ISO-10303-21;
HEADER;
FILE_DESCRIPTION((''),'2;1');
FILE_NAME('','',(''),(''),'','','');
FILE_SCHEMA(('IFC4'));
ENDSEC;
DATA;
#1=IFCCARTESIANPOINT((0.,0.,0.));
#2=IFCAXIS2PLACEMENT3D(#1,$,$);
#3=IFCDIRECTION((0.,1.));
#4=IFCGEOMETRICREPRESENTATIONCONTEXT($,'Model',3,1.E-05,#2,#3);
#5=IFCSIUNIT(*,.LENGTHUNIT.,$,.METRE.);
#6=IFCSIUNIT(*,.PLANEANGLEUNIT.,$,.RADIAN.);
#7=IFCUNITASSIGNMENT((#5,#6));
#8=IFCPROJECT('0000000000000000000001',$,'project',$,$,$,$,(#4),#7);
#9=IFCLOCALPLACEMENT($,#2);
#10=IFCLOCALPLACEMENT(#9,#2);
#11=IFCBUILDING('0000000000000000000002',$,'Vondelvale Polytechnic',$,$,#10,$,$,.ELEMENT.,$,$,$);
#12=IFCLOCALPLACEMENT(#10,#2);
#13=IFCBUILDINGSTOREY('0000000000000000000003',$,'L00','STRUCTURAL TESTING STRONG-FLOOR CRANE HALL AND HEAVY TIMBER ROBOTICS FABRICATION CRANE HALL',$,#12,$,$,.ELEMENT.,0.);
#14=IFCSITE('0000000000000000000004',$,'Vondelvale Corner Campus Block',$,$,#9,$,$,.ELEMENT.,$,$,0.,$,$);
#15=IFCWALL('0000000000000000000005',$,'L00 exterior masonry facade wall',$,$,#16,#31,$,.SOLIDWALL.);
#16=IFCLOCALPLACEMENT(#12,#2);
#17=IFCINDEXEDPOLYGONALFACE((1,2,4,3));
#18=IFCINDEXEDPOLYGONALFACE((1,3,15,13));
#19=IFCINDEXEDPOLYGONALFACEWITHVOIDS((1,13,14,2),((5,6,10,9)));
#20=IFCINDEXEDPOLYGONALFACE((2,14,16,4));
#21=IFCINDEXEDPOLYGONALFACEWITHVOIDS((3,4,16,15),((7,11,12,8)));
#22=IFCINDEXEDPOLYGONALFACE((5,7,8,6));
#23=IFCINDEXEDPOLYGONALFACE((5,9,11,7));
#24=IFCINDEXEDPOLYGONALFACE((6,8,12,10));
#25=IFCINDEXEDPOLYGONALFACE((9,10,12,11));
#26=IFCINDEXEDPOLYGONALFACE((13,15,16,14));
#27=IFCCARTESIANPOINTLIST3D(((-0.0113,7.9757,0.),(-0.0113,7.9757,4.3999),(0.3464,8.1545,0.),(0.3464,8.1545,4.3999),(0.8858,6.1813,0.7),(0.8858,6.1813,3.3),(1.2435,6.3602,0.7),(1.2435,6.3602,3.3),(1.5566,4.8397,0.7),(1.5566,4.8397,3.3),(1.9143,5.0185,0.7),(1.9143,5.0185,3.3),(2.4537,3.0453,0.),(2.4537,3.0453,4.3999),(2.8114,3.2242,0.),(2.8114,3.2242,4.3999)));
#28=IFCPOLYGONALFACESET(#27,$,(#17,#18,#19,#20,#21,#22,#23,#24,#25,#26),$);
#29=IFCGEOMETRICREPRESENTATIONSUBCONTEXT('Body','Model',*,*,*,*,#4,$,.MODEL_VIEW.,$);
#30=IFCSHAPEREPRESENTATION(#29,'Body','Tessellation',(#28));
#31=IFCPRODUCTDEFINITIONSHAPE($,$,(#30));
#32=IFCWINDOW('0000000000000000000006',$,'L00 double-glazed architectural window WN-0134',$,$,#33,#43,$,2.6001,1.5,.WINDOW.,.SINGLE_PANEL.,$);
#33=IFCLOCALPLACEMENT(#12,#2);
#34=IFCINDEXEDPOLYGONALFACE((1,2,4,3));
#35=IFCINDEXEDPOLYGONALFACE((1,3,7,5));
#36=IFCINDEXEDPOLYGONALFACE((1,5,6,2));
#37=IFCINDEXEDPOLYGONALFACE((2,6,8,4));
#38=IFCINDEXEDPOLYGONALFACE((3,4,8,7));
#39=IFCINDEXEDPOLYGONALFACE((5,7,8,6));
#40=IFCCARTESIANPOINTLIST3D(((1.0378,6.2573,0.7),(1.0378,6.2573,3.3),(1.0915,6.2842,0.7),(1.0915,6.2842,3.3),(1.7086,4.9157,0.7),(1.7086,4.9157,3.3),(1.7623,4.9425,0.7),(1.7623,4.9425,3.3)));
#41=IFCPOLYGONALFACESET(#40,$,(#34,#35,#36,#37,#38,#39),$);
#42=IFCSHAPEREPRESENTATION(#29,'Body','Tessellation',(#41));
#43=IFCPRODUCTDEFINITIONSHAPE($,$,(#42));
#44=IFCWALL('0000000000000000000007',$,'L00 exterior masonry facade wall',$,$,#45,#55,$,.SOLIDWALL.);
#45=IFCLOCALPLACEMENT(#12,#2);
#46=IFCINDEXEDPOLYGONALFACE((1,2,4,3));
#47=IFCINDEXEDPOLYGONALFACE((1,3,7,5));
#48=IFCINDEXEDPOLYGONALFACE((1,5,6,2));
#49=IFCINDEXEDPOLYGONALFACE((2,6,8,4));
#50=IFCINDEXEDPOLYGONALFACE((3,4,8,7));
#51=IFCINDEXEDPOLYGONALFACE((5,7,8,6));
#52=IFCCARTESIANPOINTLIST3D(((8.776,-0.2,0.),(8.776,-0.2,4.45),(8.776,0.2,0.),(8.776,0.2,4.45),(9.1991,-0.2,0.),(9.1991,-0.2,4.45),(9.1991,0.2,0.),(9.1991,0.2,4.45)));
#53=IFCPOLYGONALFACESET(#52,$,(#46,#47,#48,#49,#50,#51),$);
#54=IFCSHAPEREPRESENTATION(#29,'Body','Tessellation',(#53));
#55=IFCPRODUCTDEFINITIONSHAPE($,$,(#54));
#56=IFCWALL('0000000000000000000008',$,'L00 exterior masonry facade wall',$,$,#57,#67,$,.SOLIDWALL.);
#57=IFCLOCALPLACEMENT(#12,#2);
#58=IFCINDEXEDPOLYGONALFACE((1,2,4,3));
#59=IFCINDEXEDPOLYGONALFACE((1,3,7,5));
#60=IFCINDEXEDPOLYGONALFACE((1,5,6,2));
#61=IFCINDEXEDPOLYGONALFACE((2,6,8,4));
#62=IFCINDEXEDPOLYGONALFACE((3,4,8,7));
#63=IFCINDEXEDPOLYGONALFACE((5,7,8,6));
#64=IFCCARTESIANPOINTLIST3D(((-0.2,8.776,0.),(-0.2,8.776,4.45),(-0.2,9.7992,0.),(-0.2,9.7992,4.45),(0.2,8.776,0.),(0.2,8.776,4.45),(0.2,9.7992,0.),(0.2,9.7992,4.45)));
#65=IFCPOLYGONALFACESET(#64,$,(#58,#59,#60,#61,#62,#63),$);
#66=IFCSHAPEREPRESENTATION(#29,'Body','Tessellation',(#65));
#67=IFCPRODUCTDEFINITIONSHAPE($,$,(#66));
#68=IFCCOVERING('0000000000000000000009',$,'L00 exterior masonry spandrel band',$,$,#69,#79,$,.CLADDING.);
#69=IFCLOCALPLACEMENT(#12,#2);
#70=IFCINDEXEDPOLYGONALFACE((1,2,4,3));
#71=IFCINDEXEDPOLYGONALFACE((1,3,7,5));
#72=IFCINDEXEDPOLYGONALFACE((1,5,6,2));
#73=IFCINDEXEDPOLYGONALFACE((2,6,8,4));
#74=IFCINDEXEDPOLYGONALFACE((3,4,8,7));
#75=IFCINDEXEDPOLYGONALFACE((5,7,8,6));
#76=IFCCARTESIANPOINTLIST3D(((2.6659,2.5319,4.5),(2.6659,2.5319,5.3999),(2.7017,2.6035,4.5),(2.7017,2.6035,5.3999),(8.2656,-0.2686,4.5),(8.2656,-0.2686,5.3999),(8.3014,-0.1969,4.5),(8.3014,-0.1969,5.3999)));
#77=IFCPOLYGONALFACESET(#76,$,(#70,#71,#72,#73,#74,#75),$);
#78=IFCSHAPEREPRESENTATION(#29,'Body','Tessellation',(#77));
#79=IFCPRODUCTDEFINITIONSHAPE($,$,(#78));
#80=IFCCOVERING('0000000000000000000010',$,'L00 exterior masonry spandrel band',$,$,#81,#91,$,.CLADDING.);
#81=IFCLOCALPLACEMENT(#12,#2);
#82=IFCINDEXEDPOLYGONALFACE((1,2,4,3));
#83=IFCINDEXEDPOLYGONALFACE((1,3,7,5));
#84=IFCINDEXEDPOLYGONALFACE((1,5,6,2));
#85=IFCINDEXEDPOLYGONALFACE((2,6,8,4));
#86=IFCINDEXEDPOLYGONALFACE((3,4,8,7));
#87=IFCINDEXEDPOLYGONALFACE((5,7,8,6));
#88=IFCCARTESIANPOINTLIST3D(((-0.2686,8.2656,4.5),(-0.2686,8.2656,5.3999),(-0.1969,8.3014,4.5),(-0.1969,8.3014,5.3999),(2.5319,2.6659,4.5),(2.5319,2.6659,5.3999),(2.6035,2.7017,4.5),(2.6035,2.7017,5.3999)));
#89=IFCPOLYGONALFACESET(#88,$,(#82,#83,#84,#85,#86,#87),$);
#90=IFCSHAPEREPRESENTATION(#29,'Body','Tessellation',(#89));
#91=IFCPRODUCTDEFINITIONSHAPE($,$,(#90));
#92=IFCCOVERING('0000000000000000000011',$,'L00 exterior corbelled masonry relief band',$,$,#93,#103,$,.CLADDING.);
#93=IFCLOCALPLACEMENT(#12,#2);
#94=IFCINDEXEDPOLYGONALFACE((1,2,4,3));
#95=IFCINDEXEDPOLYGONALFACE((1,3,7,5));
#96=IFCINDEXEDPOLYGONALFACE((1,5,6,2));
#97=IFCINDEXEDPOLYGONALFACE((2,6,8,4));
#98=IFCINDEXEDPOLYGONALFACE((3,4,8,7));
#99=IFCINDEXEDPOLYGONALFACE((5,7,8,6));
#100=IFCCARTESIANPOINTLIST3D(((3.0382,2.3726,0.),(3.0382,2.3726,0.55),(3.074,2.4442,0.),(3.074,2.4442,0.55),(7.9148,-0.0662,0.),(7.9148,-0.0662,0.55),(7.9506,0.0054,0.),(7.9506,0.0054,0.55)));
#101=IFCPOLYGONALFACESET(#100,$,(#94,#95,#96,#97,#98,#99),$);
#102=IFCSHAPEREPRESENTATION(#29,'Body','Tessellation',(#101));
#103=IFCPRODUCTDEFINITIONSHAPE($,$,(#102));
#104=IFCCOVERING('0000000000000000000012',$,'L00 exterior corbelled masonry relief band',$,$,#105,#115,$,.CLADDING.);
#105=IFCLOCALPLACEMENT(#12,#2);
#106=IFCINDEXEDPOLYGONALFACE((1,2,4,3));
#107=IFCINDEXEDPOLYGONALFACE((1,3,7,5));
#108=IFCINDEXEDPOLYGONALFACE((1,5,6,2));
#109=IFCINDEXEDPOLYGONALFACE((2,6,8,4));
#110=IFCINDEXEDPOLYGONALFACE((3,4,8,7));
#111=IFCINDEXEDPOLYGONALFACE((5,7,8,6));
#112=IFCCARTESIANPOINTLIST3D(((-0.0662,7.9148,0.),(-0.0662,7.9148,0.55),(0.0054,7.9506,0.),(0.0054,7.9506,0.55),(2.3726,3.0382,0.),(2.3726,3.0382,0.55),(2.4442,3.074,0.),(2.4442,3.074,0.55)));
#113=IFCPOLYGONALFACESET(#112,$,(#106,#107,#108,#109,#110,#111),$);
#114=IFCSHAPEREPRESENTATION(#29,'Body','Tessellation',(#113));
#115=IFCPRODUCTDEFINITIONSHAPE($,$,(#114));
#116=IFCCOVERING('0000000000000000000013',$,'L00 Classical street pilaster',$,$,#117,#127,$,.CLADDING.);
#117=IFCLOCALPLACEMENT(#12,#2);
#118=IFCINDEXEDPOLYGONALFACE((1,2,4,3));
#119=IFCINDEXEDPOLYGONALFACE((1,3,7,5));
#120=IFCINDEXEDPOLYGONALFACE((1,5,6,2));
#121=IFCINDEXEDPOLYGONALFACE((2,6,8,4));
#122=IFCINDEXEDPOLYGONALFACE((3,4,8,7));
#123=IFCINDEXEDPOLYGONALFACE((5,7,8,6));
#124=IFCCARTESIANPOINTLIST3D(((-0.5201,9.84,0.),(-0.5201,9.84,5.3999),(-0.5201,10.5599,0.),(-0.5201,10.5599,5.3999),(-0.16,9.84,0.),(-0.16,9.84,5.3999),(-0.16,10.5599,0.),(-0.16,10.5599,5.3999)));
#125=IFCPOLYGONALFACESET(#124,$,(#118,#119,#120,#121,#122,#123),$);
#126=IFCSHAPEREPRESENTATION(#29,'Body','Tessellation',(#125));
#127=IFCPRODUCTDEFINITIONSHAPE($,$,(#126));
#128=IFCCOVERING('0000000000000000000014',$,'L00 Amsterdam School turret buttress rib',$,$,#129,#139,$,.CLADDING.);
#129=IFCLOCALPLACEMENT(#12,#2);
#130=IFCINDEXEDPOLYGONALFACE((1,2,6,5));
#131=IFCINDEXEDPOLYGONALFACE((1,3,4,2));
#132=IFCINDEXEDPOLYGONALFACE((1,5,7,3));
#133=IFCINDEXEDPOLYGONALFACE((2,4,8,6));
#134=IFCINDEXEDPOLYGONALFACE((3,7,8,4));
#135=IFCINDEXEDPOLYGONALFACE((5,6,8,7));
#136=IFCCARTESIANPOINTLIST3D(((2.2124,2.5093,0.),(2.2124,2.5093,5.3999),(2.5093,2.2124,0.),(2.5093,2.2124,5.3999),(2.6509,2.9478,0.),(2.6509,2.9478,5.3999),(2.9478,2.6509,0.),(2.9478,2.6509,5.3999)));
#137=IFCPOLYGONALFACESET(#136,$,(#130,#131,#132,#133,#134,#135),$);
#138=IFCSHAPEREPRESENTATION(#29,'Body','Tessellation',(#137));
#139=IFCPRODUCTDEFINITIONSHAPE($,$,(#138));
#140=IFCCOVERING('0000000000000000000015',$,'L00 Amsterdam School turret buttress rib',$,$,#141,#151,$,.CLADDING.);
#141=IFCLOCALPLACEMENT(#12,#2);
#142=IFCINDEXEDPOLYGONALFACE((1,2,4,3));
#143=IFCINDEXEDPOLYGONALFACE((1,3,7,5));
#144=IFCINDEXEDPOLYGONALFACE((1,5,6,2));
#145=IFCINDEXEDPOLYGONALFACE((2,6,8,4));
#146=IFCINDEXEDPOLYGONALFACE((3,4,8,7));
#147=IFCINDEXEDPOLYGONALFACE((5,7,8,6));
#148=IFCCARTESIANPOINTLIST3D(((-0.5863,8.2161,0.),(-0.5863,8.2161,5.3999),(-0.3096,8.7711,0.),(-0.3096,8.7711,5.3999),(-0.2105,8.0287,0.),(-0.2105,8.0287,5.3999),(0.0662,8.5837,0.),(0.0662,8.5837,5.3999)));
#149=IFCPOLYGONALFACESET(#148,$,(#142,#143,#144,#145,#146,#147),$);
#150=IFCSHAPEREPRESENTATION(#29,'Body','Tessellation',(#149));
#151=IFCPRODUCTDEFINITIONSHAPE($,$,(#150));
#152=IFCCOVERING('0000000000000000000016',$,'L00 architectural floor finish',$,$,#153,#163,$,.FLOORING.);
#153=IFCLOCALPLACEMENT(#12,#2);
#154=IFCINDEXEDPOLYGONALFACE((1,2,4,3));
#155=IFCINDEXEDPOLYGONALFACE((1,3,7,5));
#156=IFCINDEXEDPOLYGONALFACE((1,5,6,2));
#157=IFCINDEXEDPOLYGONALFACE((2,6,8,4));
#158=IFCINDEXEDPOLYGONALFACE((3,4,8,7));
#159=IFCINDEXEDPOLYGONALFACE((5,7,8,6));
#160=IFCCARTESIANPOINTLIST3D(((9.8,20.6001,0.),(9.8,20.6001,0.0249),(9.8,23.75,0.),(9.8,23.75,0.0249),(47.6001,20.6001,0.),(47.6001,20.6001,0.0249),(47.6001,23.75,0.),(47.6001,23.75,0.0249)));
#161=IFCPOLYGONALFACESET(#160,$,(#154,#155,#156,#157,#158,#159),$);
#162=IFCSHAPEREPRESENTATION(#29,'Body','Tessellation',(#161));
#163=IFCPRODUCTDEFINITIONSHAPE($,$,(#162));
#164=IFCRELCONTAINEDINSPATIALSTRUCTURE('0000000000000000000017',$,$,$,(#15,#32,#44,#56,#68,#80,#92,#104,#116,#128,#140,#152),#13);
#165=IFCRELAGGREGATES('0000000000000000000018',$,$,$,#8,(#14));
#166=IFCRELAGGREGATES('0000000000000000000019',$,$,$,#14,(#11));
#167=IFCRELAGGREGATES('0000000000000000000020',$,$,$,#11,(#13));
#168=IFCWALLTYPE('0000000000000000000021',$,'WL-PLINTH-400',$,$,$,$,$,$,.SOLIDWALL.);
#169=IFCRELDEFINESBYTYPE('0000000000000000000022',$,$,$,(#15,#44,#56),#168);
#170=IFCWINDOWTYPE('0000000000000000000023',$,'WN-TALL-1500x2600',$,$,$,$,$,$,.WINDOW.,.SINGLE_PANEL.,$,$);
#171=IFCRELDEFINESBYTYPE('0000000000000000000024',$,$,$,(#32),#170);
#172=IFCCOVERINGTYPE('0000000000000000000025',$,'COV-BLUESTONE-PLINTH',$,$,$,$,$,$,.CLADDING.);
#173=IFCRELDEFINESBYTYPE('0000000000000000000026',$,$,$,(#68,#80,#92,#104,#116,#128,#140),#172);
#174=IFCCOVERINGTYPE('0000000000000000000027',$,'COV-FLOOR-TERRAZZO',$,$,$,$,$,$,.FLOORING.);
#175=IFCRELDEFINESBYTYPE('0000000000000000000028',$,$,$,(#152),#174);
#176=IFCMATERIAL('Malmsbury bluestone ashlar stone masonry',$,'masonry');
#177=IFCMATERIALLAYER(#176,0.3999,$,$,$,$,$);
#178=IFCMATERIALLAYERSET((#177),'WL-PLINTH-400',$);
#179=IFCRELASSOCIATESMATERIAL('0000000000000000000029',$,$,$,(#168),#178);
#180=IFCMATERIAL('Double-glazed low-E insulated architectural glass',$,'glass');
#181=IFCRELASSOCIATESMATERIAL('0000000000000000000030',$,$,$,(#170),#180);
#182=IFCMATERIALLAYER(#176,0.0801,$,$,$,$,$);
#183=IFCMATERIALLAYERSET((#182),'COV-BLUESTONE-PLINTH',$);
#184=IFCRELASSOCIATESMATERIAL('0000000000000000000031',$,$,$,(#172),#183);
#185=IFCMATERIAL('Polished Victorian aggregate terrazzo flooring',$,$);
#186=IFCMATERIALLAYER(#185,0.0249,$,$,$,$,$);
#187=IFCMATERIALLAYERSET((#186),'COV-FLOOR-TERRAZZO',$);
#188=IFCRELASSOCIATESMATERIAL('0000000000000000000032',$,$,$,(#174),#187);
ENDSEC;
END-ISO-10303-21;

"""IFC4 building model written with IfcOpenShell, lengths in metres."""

from ifc_helpers import new_model, si_unit, direction, frame, frame_2d, origin, origin_2d, place, context, subcontext, project, spatial, polyline, rectangle, outline, extrude, material, layer, layer_set, type_object, element, fill, save


model = new_model("IFC4")

# Units and contexts
model_context = context("Model", 3, precision=1e-05, world=origin(), true_north=direction((0.0, 1.0)))
body_context = subcontext(model_context, "Body", "Model", "MODEL_VIEW")
ifc_project = project(units=[si_unit("LENGTHUNIT", "METRE"), si_unit("PLANEANGLEUNIT", "RADIAN")], contexts=[model_context])

# Site, building, storey
site_placement = place(None, origin())
site = spatial("IfcSite", under=ifc_project, at=site_placement, Name="Vondelvale Corner Campus Block", CompositionType="ELEMENT", RefElevation=0.0)
building_placement = place(site_placement, origin())
building = spatial("IfcBuilding", under=site, at=building_placement, Name="Vondelvale Polytechnic", CompositionType="ELEMENT")
storey_placement = place(building_placement, origin())
storey = spatial("IfcBuildingStorey", under=building, at=storey_placement, Name="L00", Description="STRUCTURAL TESTING STRONG-FLOOR CRANE HALL AND HEAVY TIMBER ROBOTICS FABRICATION CRANE HALL", CompositionType="ELEMENT", Elevation=0.0)

# Shared definitions
ifc_material_1 = material(Name="Malmsbury bluestone ashlar stone masonry", Category="masonry")
ifc_layer_1 = layer(ifc_material_1, 0.3999)
ifc_layer_set_1 = layer_set([ifc_layer_1], Name="WL-PLINTH-400")
wall_type_1 = type_object("IfcWallType", Name="WL-PLINTH-400", PredefinedType="SOLIDWALL", material=ifc_layer_set_1)

# Wall, opening, window
wall_1_placement = place(storey_placement, frame((2.6326, 3.1348, 0.0), z_axis=(0.0, 0.0, 1.0), x_axis=(-0.447196, 0.894436, 0.0)))
wall_1 = element("IfcWall", 1, at=wall_1_placement, inside=storey, type_object=wall_type_1, Name="L00 exterior masonry facade wall", PredefinedType="SOLIDWALL", context=body_context, shape_type="SweptSolid", body=[
    extrude(rectangle(XDim=5.5122, YDim=0.3999, at=frame_2d((2.7561, 0.0))), origin(), (0.0, 0.0, 1.0), 4.3999),
])
opening_1_placement = place(wall_1_placement, frame((2.0061, 0.0, 0.7)))
opening_1 = element("IfcOpeningElement", 2, at=opening_1_placement, cuts=wall_1, PredefinedType="OPENING", context=body_context, shape_type="SweptSolid", body=[
    extrude(rectangle(XDim=1.5, YDim=2.6001, at=frame_2d((0.75, 1.3))), frame((0.0, 0.21, 0.0), z_axis=(0.0, -1.0, 0.0), x_axis=(1.0, 0.0, 0.0)), (0.0, 0.0, 1.0), 0.4199),
])
ifc_material_2 = material(Name="Double-glazed low-E insulated architectural glass", Category="glass")
window_type = type_object("IfcWindowType", Name="WN-TALL-1500x2600", PartitioningType="SINGLE_PANEL", PredefinedType="WINDOW", material=ifc_material_2)
window_placement = place(opening_1_placement, origin())
window = element("IfcWindow", 3, at=window_placement, inside=storey, type_object=window_type, Name="L00 double-glazed architectural window WN-0134", OverallHeight=2.6001, OverallWidth=1.5, PartitioningType="SINGLE_PANEL", PredefinedType="WINDOW", context=body_context, shape_type="SweptSolid", body=[
    extrude(rectangle(XDim=1.5, YDim=2.6001, at=frame_2d((0.75, 1.3))), frame((0.0, 0.03, 0.0), z_axis=(0.0, -1.0, 0.0), x_axis=(1.0, 0.0, 0.0)), (0.0, 0.0, 1.0), 0.0601),
])
fill(opening_1, window)

# Wall
wall_2_placement = place(storey_placement, frame((9.199, 0.0, 0.0), z_axis=(0.0, 0.0, 1.0), x_axis=(-1.0, 0.0, 0.0)))
element("IfcWall", 4, at=wall_2_placement, inside=storey, type_object=wall_type_1, Name="L00 exterior masonry facade wall", PredefinedType="SOLIDWALL", context=body_context, shape_type="SweptSolid", body=[
    extrude(rectangle(XDim=0.4231, YDim=0.3999, at=frame_2d((0.2114, 0.0))), origin(), (0.0, 0.0, 1.0), 4.45),
])

# Wall
wall_3_placement = place(storey_placement, frame((0.0, 8.7759, 0.0), z_axis=(0.0, 0.0, 1.0), x_axis=(0.0, 1.0, 0.0)))
element("IfcWall", 5, at=wall_3_placement, inside=storey, type_object=wall_type_1, Name="L00 exterior masonry facade wall", PredefinedType="SOLIDWALL", context=body_context, shape_type="SweptSolid", body=[
    extrude(rectangle(XDim=1.0232, YDim=0.3999, at=frame_2d((0.5117, 0.0))), origin(), (0.0, 0.0, 1.0), 4.45),
])

# Coverings
ifc_layer_2 = layer(ifc_material_1, 0.0801)
ifc_layer_set_2 = layer_set([ifc_layer_2], Name="COV-BLUESTONE-PLINTH")
covering_type_1 = type_object("IfcCoveringType", Name="COV-BLUESTONE-PLINTH", PredefinedType="CLADDING", material=ifc_layer_set_2)
for number, where, z_axis, x_axis, name in (
    (6, (5.4836, 1.1675, 4.5), (0.0, 0.0, 1.0), (-0.894389, 0.447291, 0.0), "L00 exterior masonry spandrel band"),
    (7, (1.1675, 5.4836, 4.5), (0.0, 0.0, 1.0), (-0.447291, 0.894389, 0.0), "L00 exterior masonry spandrel band"),
):
    element("IfcCovering", number, at=place(storey_placement, frame(where, z_axis=z_axis, x_axis=x_axis)), inside=storey, type_object=covering_type_1, Name=name, PredefinedType="CLADDING", context=body_context, shape_type="SweptSolid", body=[
        extrude(rectangle(XDim=6.261, YDim=0.0801, at=origin_2d()), origin(), (0.0, 0.0, 1.0), 0.8999),
    ])
for number, where, z_axis, x_axis, name in (
    (8, (5.4944, 1.189, 0.0), (0.0, 0.0, 1.0), (-0.894389, 0.447291, 0.0), "L00 exterior corbelled masonry relief band"),
    (9, (1.189, 5.4944, 0.0), (0.0, 0.0, 1.0), (-0.447291, 0.894389, 0.0), "L00 exterior corbelled masonry relief band"),
):
    element("IfcCovering", number, at=place(storey_placement, frame(where, z_axis=z_axis, x_axis=x_axis)), inside=storey, type_object=covering_type_1, Name=name, PredefinedType="CLADDING", context=body_context, shape_type="SweptSolid", body=[
        extrude(rectangle(XDim=5.4524, YDim=0.0801, at=origin_2d()), origin(), (0.0, 0.0, 1.0), 0.55),
    ])
covering_1_placement = place(storey_placement, frame((-0.3401, 10.2, 0.0), z_axis=(0.0, 0.0, 1.0), x_axis=(1.0, 0.0, 0.0)))
element("IfcCovering", 10, at=covering_1_placement, inside=storey, type_object=covering_type_1, Name="L00 Classical street pilaster", PredefinedType="CLADDING", context=body_context, shape_type="SweptSolid", body=[
    extrude(rectangle(XDim=0.3601, YDim=0.72, at=origin_2d()), origin(), (0.0, 0.0, 1.0), 5.3999),
])
for number, where, z_axis, x_axis, name in (
    (11, (2.5801, 2.5801, 0.0), (0.0, 0.0, 1.0), (0.707107, 0.707107, 0.0), "L00 Amsterdam School turret buttress rib"),
    (12, (-0.26, 8.3999, 0.0), (0.0, 0.0, 1.0), (0.446198, 0.894934, 0.0), "L00 Amsterdam School turret buttress rib"),
):
    element("IfcCovering", number, at=place(storey_placement, frame(where, z_axis=z_axis, x_axis=x_axis)), inside=storey, type_object=covering_type_1, Name=name, PredefinedType="CLADDING", context=body_context, shape_type="SweptSolid", body=[
        extrude(rectangle(XDim=0.6201, YDim=0.4199, at=origin_2d()), origin(), (0.0, 0.0, 1.0), 5.3999),
    ])
ifc_material_3 = material(Name="Polished Victorian aggregate terrazzo flooring")
ifc_layer_3 = layer(ifc_material_3, 0.0249)
ifc_layer_set_3 = layer_set([ifc_layer_3], Name="COV-FLOOR-TERRAZZO")
covering_type_2 = type_object("IfcCoveringType", Name="COV-FLOOR-TERRAZZO", PredefinedType="FLOORING", material=ifc_layer_set_3)
covering_2_placement = place(storey_placement, origin())
element("IfcCovering", 13, at=covering_2_placement, inside=storey, type_object=covering_type_2, Name="L00 architectural floor finish", PredefinedType="FLOORING", context=body_context, shape_type="SweptSolid", body=[
    extrude(outline(polyline([(9.8, 20.6001), (47.6001, 20.6001), (47.6001, 23.75), (9.8, 23.75), (9.8, 20.6001)])), origin(), (0.0, 0.0, 1.0), 0.0249),
])

save(model, "model.ifc")
